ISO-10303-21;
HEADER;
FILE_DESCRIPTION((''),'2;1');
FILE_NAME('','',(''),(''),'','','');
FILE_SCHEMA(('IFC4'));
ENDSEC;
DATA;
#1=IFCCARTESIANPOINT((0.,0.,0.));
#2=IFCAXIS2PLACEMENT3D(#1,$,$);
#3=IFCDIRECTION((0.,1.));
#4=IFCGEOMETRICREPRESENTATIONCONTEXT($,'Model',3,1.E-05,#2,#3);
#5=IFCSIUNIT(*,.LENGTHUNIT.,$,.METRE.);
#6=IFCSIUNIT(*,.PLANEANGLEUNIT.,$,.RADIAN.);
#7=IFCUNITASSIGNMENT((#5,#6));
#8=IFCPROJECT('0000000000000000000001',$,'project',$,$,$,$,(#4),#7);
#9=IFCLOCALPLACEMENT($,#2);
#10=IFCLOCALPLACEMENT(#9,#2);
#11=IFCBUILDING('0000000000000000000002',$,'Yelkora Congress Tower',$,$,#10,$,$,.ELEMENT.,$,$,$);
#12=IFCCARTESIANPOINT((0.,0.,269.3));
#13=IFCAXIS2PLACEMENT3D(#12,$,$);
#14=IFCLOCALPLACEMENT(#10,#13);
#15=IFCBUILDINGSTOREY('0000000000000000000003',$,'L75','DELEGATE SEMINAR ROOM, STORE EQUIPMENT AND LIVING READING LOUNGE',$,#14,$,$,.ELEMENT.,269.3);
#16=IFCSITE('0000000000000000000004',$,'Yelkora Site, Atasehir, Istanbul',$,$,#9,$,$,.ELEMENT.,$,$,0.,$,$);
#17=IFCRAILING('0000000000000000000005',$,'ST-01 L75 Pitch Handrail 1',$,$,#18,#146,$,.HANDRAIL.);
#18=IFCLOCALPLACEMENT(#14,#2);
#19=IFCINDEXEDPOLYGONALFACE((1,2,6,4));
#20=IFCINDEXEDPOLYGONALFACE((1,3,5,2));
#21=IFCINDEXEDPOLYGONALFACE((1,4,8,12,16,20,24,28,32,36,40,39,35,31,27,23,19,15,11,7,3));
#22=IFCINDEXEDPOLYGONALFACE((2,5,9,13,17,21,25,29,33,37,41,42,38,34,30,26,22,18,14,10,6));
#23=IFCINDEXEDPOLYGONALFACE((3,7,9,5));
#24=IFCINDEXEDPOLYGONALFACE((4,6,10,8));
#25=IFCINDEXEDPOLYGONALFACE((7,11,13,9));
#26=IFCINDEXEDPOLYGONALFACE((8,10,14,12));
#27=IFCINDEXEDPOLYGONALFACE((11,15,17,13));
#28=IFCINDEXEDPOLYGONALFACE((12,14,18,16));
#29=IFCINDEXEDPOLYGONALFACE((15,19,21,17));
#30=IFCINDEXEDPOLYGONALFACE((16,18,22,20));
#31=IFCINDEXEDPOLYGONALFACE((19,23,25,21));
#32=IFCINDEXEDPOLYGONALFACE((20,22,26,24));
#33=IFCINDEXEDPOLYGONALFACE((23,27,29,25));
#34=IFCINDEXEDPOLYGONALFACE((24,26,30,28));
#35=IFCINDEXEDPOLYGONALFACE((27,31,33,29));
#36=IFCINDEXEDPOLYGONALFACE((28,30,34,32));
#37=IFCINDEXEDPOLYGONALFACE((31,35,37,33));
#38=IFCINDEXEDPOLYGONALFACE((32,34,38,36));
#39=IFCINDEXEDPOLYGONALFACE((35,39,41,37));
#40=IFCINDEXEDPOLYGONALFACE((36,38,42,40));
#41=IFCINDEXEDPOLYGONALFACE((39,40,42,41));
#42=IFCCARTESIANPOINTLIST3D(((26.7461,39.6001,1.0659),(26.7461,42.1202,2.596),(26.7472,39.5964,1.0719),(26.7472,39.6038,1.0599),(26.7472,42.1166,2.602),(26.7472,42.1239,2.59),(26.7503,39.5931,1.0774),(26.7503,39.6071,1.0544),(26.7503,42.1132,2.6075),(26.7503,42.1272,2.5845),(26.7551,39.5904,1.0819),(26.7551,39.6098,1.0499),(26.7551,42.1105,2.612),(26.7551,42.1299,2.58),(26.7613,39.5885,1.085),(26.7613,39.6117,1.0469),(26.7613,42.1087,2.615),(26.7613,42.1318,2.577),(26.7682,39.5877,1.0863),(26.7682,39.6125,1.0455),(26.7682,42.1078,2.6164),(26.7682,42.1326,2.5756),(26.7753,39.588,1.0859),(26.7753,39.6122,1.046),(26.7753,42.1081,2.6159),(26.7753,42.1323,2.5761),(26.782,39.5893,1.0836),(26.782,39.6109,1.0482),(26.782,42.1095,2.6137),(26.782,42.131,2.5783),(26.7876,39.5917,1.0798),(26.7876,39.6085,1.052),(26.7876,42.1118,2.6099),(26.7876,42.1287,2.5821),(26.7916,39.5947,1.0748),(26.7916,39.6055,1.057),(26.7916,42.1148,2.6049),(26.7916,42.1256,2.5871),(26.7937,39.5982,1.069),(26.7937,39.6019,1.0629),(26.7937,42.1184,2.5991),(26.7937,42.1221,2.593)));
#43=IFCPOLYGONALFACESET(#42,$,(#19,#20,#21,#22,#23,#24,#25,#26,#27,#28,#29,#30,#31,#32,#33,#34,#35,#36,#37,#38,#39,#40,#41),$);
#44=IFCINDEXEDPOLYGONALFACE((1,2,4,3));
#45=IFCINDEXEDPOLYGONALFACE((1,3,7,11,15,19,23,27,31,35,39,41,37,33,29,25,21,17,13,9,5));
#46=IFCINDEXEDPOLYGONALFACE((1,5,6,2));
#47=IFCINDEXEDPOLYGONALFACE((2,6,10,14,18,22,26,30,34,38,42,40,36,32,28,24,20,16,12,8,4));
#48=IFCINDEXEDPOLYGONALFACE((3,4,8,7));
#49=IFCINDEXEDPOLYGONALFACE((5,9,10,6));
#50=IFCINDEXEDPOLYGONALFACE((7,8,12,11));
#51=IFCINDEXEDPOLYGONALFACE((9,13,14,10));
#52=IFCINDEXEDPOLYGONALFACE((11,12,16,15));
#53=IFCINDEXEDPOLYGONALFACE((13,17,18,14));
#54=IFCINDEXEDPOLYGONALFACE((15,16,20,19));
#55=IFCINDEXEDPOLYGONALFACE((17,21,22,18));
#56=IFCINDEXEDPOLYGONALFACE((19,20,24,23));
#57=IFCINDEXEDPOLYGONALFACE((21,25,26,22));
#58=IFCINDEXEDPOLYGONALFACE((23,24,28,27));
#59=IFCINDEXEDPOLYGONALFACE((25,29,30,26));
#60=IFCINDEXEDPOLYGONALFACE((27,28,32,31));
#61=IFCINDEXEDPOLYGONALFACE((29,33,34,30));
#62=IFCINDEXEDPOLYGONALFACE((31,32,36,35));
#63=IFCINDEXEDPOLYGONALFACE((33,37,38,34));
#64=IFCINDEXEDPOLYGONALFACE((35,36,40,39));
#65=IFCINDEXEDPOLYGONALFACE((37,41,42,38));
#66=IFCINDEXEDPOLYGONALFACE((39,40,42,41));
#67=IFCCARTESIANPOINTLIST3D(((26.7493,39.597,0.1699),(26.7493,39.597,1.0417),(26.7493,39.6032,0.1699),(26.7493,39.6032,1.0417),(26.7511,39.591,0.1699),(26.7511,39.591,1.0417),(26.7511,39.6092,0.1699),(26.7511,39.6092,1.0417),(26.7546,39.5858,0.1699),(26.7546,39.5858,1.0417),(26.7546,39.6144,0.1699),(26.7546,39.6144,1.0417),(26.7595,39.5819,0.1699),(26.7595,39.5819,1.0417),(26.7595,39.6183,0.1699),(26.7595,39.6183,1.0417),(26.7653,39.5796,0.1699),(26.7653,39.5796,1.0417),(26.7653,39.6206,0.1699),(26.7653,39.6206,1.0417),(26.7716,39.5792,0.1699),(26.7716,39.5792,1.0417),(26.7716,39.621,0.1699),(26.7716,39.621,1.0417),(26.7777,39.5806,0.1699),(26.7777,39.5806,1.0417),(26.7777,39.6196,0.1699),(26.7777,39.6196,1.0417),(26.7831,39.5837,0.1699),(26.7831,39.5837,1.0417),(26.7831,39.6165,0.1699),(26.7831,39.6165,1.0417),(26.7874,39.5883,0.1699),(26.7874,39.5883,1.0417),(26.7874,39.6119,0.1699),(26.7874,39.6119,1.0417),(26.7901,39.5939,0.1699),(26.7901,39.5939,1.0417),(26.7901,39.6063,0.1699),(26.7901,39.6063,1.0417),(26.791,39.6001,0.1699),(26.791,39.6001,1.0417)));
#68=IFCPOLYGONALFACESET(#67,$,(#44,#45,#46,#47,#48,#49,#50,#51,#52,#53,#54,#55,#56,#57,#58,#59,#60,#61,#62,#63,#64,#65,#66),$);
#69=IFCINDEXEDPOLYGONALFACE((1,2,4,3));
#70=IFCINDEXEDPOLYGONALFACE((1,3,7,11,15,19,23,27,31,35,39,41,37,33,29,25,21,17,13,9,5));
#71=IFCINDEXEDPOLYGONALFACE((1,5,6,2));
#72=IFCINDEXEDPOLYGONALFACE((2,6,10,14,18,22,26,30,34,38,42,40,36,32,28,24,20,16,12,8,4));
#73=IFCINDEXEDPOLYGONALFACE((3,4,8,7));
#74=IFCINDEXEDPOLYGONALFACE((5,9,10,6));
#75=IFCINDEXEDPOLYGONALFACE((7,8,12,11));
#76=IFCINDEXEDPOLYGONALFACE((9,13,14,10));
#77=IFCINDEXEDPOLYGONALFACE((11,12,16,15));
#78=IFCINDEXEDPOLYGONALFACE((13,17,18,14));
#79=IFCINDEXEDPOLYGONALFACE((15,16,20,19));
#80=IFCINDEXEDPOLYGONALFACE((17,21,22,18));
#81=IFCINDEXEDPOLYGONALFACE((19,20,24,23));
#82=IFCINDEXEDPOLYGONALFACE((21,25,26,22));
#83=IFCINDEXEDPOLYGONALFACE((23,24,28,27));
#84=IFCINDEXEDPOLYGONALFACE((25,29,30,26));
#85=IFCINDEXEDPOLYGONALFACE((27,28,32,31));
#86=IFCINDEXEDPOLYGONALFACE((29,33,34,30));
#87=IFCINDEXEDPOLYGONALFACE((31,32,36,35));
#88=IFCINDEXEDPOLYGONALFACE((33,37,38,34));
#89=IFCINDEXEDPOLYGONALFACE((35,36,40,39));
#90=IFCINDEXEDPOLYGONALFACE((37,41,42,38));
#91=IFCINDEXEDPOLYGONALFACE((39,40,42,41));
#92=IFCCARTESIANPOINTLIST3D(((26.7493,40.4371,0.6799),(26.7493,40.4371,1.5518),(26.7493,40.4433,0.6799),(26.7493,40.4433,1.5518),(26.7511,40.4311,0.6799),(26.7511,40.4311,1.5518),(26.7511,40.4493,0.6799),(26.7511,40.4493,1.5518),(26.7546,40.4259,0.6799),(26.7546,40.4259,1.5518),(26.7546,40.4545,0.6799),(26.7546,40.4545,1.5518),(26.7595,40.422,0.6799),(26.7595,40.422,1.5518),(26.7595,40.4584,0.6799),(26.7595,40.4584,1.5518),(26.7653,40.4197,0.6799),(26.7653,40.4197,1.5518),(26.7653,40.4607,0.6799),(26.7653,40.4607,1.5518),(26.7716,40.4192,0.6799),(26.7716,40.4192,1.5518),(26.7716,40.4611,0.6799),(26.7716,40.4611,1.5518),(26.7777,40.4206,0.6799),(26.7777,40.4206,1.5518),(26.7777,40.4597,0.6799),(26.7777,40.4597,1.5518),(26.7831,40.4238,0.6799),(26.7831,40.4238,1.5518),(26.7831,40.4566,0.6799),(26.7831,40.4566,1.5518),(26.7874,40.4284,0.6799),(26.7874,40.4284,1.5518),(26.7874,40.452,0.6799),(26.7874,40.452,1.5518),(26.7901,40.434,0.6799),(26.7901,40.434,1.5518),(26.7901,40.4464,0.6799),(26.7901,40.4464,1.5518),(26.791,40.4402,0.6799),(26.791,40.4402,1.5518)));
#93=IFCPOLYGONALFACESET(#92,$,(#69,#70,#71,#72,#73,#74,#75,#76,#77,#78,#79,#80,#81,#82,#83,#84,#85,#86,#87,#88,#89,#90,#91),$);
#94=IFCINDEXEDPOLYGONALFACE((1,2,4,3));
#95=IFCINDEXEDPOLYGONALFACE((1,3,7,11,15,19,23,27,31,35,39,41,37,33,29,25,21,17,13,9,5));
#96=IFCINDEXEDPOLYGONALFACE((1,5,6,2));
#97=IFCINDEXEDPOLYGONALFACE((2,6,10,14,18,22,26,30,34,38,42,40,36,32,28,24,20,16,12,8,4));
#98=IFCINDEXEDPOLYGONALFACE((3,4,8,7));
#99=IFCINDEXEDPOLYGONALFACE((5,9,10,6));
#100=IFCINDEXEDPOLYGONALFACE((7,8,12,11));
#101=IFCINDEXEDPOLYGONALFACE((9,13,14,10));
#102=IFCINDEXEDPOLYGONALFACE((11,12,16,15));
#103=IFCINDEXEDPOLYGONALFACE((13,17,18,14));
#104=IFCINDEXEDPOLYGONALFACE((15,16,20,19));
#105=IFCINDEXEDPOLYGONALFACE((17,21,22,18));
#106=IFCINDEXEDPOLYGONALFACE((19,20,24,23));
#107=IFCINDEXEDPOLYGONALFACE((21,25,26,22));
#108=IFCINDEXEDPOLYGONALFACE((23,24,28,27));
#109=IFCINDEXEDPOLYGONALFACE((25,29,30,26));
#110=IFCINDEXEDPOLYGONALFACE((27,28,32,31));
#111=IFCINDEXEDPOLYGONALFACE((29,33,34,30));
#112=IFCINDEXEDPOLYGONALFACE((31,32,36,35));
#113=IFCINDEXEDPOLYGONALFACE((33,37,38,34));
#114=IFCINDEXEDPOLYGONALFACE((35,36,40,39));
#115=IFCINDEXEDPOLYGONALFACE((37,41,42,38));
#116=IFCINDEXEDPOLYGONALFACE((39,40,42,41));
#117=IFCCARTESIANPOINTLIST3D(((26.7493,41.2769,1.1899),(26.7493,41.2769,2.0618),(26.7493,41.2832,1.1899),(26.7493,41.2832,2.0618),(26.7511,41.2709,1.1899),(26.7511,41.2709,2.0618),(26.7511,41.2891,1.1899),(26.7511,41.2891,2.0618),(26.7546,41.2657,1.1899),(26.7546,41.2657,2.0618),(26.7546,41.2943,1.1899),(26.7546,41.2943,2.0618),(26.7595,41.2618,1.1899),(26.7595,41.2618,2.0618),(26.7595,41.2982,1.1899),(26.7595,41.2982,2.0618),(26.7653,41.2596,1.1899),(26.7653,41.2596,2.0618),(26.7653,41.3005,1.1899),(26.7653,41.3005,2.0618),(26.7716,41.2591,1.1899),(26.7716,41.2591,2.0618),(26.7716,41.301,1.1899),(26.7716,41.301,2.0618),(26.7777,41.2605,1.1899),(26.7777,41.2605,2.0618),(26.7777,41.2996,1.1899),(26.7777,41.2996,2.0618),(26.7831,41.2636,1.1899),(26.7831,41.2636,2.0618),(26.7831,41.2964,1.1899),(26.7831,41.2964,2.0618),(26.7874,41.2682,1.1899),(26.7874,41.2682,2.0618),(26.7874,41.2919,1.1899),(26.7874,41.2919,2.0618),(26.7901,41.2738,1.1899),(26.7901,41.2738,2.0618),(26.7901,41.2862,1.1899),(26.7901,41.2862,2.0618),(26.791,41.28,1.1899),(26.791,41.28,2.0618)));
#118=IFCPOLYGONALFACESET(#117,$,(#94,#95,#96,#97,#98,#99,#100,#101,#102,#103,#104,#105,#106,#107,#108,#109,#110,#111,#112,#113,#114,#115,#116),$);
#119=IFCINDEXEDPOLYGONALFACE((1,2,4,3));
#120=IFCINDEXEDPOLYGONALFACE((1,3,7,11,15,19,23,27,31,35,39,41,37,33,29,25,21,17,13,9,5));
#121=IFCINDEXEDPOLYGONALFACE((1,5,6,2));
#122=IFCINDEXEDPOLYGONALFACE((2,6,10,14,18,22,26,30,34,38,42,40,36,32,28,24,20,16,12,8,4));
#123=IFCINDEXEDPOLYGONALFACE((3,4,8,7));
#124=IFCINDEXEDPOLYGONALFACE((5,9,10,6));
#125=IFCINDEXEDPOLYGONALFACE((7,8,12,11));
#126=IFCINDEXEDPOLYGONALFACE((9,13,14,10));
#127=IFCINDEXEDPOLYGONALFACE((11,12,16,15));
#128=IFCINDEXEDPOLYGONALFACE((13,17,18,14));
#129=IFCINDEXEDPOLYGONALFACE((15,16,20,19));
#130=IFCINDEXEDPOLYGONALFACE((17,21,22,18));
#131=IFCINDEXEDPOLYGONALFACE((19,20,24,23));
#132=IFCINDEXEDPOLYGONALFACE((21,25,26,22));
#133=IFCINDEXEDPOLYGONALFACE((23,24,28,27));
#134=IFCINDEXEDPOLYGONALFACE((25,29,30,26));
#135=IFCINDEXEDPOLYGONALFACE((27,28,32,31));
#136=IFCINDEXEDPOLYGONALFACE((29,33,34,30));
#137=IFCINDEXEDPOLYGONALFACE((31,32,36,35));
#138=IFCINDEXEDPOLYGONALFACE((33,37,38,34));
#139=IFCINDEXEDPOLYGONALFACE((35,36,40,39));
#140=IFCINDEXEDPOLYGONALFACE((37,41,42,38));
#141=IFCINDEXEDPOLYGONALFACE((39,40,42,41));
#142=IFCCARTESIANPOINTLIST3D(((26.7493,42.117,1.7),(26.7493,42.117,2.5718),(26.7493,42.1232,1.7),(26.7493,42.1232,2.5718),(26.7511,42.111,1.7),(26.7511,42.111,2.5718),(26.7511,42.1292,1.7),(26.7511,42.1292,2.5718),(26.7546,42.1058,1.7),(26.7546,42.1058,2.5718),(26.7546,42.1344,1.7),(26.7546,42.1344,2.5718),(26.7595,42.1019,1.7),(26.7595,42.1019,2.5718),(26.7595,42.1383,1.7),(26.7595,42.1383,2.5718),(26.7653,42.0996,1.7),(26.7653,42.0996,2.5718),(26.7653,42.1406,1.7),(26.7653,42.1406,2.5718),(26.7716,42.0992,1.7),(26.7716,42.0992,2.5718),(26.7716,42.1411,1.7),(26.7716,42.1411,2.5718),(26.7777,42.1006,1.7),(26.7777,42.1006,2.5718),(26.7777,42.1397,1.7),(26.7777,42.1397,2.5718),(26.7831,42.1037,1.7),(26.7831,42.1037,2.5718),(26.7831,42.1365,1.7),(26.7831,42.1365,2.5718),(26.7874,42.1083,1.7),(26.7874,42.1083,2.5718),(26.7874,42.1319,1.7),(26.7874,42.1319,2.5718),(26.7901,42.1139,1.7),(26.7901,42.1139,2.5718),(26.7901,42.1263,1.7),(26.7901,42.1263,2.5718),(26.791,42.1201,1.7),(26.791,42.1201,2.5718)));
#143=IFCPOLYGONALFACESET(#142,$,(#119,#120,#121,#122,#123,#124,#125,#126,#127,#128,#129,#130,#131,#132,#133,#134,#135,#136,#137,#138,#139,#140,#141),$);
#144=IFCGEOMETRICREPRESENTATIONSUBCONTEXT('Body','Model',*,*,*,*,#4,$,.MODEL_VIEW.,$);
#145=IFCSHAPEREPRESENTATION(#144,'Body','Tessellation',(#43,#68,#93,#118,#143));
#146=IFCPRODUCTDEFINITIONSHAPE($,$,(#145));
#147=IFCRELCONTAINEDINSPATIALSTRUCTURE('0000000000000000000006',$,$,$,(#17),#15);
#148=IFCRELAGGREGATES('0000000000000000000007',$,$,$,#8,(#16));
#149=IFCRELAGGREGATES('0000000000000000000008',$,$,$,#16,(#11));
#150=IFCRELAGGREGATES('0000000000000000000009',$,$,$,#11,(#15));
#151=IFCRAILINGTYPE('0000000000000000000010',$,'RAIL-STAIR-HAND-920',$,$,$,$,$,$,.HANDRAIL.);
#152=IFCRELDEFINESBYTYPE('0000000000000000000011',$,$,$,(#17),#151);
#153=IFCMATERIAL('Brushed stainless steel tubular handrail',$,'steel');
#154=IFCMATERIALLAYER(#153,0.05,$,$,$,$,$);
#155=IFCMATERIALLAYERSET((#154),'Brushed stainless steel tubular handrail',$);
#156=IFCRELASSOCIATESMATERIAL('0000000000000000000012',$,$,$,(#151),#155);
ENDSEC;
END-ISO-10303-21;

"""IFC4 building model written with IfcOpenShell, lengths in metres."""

from ifc_helpers import new_model, si_unit, direction, frame, origin, origin_2d, place, context, subcontext, project, spatial, circle, extrude, material, layer, layer_set, type_object, element, save


model = new_model("IFC4")

# Units and contexts
model_context = context("Model", 3, precision=1e-05, world=origin(), true_north=direction((0.0, 1.0)))
body_context = subcontext(model_context, "Body", "Model", "MODEL_VIEW")
ifc_project = project(units=[si_unit("LENGTHUNIT", "METRE"), si_unit("PLANEANGLEUNIT", "RADIAN")], contexts=[model_context])

# Site, building, storey
site_placement = place(None, origin())
site = spatial("IfcSite", under=ifc_project, at=site_placement, Name="Yelkora Site, Atasehir, Istanbul", CompositionType="ELEMENT", RefElevation=0.0)
building_placement = place(site_placement, origin())
building = spatial("IfcBuilding", under=site, at=building_placement, Name="Yelkora Congress Tower", CompositionType="ELEMENT")
storey_placement = place(building_placement, frame((0.0, 0.0, 269.3)))
storey = spatial("IfcBuildingStorey", under=building, at=storey_placement, Name="L75", Description="DELEGATE SEMINAR ROOM, STORE EQUIPMENT AND LIVING READING LOUNGE", CompositionType="ELEMENT", Elevation=269.3)

# Railing
ifc_material_1 = material(Name="Brushed stainless steel tubular handrail", Category="steel")
ifc_layer_1 = layer(ifc_material_1, 0.05)
ifc_layer_set_1 = layer_set([ifc_layer_1], Name="Brushed stainless steel tubular handrail")
railing_type_1 = type_object("IfcRailingType", Name="RAIL-STAIR-HAND-920", PredefinedType="HANDRAIL", material=ifc_layer_set_1)
railing_1_placement = place(storey_placement, frame((26.77, 39.6001, 0.1699)))
element("IfcRailing", 1, at=railing_1_placement, inside=storey, type_object=railing_type_1, Name="ST-01 L75 Pitch Handrail 1", PredefinedType="HANDRAIL", context=body_context, shape_type="SweptSolid", body=[
    extrude(circle(Radius=0.0239, at=origin_2d()), frame((0.0, 0.0, 0.896), z_axis=(0.0, 0.854785, 0.518982), x_axis=(-1.0, 0.0, 0.0)), (0.0, 0.0, 1.0), 2.9482),
    extrude(circle(Radius=0.021, at=origin_2d()), origin(), (0.0, 0.0, 1.0), 0.8718),
    extrude(circle(Radius=0.021, at=origin_2d()), frame((0.0, 0.8401, 0.51)), (0.0, 0.0, 1.0), 0.8718),
    extrude(circle(Radius=0.021, at=origin_2d()), frame((0.0, 1.6799, 1.02)), (0.0, 0.0, 1.0), 0.8718),
    extrude(circle(Radius=0.021, at=origin_2d()), frame((0.0, 2.52, 1.53)), (0.0, 0.0, 1.0), 0.8718),
])

save(model, "model.ifc")
